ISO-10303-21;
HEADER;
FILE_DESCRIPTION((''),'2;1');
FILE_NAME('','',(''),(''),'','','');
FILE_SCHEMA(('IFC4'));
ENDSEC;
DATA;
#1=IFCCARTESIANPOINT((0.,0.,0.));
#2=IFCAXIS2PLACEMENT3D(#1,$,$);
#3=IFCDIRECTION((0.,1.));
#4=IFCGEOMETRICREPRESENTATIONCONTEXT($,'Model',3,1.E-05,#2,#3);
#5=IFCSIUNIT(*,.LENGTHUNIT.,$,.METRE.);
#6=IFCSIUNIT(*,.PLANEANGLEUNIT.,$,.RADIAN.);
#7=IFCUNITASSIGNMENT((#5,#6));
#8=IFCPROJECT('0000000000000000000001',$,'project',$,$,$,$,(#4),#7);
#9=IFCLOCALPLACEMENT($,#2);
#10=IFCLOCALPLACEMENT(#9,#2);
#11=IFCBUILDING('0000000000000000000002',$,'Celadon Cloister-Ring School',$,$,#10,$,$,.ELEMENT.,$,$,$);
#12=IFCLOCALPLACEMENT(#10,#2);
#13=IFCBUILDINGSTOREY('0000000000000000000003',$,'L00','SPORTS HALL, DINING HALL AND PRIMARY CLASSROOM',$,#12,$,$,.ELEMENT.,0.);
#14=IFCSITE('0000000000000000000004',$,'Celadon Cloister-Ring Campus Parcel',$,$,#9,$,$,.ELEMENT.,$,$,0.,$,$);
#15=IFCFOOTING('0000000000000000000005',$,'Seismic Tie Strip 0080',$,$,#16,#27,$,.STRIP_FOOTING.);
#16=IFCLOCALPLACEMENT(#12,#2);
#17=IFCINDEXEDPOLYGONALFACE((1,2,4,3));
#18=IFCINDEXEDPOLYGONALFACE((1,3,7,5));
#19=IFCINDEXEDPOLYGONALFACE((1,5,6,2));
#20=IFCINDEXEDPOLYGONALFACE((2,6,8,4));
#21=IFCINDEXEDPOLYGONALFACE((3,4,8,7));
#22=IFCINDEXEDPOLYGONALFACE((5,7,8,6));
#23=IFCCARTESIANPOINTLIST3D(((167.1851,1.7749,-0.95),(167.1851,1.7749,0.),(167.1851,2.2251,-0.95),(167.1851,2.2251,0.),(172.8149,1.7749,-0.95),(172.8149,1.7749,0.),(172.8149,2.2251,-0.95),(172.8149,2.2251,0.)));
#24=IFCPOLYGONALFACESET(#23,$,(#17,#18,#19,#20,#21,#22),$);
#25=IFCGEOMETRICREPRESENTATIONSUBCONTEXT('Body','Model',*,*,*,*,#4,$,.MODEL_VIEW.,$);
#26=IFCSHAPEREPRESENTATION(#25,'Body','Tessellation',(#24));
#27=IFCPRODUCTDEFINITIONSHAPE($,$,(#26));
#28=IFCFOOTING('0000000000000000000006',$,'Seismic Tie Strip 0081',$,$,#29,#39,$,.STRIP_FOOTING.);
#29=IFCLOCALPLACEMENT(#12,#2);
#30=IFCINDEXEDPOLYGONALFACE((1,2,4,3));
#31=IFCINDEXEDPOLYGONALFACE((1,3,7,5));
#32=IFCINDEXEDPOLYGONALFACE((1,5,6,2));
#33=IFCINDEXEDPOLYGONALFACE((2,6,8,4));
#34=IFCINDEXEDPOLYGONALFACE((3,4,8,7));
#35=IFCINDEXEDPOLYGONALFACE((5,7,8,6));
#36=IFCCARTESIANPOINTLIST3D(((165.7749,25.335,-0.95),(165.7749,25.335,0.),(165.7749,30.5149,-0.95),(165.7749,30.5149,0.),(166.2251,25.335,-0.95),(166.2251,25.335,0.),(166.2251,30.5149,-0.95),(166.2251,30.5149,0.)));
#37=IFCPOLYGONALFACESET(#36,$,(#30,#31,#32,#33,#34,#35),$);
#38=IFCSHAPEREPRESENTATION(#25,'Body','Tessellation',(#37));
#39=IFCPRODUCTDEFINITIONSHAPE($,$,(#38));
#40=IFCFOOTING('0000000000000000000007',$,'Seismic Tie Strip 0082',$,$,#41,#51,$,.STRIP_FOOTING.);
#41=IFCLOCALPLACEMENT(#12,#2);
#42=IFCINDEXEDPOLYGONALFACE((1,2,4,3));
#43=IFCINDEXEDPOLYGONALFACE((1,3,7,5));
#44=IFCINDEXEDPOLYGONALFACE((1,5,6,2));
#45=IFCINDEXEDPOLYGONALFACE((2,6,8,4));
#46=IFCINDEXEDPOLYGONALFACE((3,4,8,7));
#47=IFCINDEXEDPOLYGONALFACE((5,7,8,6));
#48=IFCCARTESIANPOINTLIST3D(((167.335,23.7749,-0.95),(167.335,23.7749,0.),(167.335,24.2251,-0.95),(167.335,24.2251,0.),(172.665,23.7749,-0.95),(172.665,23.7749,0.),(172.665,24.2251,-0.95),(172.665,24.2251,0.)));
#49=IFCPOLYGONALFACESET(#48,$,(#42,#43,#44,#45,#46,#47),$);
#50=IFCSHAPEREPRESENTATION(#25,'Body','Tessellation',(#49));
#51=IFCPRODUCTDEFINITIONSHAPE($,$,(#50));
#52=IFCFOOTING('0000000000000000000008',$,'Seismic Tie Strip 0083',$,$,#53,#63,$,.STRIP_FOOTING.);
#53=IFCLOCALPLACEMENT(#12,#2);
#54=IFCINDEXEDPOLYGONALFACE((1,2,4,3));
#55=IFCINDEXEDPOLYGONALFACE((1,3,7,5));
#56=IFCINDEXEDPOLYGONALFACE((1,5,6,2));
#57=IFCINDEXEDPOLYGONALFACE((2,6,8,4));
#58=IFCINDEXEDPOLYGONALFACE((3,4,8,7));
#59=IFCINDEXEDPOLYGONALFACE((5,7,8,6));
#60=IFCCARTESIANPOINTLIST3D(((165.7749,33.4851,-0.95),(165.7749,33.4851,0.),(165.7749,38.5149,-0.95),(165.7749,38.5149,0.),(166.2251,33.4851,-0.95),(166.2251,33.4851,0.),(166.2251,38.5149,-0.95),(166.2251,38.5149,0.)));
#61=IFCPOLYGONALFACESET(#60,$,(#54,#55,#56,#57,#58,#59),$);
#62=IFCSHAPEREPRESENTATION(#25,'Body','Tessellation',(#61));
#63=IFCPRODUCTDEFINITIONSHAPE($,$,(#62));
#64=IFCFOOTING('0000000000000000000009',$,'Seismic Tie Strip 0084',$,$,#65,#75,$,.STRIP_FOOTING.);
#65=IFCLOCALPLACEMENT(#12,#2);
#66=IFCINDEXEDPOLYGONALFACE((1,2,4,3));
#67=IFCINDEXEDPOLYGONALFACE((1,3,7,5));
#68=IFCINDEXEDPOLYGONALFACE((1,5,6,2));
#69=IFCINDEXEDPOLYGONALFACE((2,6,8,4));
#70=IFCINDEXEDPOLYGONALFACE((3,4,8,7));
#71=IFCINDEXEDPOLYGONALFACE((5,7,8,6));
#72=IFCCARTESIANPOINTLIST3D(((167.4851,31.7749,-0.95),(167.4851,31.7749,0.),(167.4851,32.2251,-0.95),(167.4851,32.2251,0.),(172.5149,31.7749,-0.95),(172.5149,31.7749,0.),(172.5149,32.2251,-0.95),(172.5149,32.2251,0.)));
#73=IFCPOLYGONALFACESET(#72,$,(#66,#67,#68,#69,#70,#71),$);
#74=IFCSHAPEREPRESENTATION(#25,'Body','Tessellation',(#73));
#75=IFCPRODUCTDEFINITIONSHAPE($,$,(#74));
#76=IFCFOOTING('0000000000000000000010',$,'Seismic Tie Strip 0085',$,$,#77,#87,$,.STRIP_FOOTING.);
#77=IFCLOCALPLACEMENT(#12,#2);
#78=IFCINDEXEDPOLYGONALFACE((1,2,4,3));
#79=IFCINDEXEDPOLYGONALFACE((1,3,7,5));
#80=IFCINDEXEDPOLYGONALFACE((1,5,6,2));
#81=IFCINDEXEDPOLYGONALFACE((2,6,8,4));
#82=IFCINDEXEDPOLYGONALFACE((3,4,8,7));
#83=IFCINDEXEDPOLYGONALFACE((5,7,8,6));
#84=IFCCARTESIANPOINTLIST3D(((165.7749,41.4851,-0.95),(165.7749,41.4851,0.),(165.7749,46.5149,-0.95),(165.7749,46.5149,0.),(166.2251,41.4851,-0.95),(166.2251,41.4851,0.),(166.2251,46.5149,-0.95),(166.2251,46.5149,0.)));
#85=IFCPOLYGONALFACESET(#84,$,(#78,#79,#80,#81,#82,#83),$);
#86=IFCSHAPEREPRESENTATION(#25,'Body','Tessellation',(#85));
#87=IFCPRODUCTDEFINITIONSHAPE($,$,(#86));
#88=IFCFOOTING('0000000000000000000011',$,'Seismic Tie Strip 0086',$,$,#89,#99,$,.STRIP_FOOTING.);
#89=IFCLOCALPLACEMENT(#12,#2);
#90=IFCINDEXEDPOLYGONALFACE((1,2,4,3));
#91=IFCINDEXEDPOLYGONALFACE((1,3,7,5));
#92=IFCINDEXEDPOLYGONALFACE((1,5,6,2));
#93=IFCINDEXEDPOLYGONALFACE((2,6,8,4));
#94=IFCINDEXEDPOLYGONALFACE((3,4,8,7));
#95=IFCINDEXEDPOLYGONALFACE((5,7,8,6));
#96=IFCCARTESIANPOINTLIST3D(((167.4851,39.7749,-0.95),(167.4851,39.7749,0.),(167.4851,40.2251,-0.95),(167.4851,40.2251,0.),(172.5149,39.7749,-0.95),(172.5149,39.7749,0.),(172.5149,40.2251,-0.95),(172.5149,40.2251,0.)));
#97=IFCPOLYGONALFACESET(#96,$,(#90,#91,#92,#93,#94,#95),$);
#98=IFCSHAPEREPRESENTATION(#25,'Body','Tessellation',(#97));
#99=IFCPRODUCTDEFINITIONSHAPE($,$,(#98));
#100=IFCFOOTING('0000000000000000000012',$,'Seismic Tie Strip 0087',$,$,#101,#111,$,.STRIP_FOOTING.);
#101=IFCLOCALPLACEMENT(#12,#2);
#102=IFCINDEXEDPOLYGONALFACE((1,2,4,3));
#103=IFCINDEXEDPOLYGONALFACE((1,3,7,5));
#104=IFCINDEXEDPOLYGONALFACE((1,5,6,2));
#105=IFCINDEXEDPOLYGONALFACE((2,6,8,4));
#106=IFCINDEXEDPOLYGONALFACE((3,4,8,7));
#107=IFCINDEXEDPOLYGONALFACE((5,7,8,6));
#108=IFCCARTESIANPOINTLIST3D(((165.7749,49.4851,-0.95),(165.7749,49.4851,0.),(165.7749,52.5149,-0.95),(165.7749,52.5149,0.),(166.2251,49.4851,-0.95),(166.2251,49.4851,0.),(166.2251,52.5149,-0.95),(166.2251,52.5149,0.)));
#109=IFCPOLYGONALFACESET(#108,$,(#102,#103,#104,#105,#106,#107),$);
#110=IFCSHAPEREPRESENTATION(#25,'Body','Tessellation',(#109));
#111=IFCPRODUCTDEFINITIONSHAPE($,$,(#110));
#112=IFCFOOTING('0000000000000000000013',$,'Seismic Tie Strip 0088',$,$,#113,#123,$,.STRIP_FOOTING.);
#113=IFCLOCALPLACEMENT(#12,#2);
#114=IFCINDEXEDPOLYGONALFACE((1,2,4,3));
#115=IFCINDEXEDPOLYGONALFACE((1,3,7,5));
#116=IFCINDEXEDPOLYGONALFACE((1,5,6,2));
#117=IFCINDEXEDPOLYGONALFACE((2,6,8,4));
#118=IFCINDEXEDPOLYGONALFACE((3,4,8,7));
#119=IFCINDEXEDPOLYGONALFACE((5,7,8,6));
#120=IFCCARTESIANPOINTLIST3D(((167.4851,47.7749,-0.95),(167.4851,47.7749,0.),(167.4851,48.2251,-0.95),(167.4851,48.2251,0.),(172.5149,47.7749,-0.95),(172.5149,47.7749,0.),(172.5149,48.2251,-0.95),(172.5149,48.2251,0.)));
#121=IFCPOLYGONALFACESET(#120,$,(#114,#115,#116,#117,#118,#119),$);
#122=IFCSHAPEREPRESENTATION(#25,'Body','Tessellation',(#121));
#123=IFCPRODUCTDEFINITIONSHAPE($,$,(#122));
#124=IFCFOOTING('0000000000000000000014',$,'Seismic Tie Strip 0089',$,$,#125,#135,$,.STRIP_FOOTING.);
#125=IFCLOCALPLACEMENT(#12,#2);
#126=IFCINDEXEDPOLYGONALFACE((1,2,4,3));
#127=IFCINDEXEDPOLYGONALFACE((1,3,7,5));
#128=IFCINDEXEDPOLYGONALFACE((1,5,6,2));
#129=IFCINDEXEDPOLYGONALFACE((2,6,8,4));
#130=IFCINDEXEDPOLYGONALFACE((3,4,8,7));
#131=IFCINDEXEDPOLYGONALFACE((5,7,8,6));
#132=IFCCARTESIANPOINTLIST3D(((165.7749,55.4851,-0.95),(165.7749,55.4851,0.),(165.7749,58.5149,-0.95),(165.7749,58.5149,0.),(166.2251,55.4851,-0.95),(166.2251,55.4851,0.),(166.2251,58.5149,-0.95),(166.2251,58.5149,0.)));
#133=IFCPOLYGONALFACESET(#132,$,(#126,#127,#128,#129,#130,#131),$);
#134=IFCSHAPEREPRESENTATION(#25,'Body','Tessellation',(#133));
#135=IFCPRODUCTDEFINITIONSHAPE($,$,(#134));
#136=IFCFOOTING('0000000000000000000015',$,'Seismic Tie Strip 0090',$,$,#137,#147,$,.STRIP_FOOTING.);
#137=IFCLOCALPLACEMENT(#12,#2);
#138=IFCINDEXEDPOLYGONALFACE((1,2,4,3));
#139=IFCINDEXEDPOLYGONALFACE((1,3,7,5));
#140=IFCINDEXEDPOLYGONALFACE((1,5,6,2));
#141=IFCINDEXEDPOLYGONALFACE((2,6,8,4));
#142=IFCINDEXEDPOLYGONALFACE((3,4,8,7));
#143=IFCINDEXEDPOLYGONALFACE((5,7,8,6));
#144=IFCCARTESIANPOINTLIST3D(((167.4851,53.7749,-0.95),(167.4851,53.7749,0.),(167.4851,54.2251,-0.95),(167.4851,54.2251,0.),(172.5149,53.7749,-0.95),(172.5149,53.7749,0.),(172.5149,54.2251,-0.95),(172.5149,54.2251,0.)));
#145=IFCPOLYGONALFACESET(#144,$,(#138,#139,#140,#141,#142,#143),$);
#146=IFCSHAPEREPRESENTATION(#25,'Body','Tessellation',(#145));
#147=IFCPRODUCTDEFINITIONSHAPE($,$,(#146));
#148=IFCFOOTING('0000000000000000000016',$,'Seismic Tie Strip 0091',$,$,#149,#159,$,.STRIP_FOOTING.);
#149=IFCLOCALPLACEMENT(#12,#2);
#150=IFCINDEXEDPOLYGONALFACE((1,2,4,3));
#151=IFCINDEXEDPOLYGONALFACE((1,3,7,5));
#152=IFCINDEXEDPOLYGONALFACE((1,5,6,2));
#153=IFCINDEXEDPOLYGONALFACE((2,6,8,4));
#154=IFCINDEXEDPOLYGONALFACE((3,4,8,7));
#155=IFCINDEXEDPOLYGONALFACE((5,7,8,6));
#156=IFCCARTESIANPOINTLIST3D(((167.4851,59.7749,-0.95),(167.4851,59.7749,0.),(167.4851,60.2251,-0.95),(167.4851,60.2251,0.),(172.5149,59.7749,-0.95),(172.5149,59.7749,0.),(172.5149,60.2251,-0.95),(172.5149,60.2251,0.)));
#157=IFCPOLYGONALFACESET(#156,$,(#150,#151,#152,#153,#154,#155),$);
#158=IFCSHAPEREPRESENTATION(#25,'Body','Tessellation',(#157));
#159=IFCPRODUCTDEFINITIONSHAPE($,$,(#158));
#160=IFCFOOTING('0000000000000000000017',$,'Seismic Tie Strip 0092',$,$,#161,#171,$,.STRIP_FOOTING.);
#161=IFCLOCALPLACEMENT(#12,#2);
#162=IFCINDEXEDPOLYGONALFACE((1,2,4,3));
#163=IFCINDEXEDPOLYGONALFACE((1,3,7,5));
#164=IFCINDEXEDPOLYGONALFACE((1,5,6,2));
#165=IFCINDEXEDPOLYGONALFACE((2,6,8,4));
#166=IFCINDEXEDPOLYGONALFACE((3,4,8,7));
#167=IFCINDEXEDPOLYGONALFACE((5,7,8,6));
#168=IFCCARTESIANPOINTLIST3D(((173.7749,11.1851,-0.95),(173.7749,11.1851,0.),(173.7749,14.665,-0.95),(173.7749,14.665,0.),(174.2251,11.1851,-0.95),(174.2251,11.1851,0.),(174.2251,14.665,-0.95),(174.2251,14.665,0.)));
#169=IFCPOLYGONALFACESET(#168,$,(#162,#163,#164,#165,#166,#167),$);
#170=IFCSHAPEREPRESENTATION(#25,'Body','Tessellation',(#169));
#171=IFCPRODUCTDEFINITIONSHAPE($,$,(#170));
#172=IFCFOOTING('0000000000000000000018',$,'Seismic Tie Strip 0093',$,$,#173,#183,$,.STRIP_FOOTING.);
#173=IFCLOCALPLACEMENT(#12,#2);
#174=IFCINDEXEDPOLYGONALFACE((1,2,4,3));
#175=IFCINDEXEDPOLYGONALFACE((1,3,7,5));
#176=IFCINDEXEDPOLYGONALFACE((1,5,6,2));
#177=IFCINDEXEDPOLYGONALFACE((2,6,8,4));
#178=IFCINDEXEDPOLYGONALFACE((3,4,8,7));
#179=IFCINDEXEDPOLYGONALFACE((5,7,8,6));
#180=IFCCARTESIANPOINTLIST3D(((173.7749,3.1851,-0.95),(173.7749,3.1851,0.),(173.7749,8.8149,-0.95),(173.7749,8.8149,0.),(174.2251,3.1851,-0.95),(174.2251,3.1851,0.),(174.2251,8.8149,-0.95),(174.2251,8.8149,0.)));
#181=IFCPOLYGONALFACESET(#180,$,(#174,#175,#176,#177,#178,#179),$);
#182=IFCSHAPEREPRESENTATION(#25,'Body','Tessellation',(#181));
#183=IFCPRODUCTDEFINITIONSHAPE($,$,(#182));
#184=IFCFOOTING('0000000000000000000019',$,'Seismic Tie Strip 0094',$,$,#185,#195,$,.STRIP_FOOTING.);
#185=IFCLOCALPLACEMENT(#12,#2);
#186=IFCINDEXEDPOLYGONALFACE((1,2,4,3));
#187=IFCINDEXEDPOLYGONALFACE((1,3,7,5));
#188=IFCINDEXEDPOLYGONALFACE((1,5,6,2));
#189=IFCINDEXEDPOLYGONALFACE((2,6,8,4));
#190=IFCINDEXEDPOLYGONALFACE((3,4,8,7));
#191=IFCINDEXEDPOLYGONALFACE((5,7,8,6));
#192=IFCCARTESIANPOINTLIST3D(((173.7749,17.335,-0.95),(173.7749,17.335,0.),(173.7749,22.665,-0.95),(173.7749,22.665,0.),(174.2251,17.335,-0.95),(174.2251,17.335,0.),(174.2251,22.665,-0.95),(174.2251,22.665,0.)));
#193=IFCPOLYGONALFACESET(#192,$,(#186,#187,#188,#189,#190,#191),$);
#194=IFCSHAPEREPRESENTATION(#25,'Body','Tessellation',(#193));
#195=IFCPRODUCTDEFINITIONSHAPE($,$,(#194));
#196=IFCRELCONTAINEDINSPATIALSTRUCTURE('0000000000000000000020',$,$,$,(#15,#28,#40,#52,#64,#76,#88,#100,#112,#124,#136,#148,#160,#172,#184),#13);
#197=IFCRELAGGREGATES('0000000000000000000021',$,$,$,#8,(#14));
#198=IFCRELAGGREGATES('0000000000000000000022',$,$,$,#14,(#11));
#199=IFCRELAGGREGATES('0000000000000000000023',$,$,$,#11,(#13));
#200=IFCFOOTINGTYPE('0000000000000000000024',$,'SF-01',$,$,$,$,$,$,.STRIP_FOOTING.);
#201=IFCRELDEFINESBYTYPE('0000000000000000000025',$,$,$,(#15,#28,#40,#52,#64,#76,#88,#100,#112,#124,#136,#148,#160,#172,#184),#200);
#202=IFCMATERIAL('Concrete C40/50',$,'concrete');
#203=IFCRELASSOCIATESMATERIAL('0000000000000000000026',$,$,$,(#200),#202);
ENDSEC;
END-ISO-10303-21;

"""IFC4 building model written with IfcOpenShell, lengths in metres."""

from ifc_helpers import new_model, si_unit, direction, frame, origin, place, context, subcontext, project, spatial, polyline, outline, extrude, material, type_object, element, save


model = new_model("IFC4")

# Units and contexts
model_context = context("Model", 3, precision=1e-05, world=origin(), true_north=direction((0.0, 1.0)))
body_context = subcontext(model_context, "Body", "Model", "MODEL_VIEW")
ifc_project = project(units=[si_unit("LENGTHUNIT", "METRE"), si_unit("PLANEANGLEUNIT", "RADIAN")], contexts=[model_context])

# Site, building, storey
site_placement = place(None, origin())
site = spatial("IfcSite", under=ifc_project, at=site_placement, Name="Celadon Cloister-Ring Campus Parcel", CompositionType="ELEMENT", RefElevation=0.0)
building_placement = place(site_placement, origin())
building = spatial("IfcBuilding", under=site, at=building_placement, Name="Celadon Cloister-Ring School", CompositionType="ELEMENT")
storey_placement = place(building_placement, origin())
storey = spatial("IfcBuildingStorey", under=building, at=storey_placement, Name="L00", Description="SPORTS HALL, DINING HALL AND PRIMARY CLASSROOM", CompositionType="ELEMENT", Elevation=0.0)

# Footings
ifc_material = material(Name="Concrete C40/50", Category="concrete")
footing_type = type_object("IfcFootingType", Name="SF-01", PredefinedType="STRIP_FOOTING", material=ifc_material)
footing_1_placement = place(storey_placement, frame((0.0, 0.0, -0.95)))
element("IfcFooting", 1, at=footing_1_placement, inside=storey, type_object=footing_type, Name="Seismic Tie Strip 0080", PredefinedType="STRIP_FOOTING", context=body_context, shape_type="SweptSolid", body=[
    extrude(outline(polyline([(167.1851, 1.7749), (172.8149, 1.7749), (172.8149, 2.2251), (167.1851, 2.2251), (167.1851, 1.7749)])), origin(), (0.0, 0.0, 1.0), 0.95),
])
footing_2_placement = place(storey_placement, frame((0.0, 0.0, -0.95)))
element("IfcFooting", 2, at=footing_2_placement, inside=storey, type_object=footing_type, Name="Seismic Tie Strip 0081", PredefinedType="STRIP_FOOTING", context=body_context, shape_type="SweptSolid", body=[
    extrude(outline(polyline([(166.2251, 25.335), (166.2251, 30.5149), (165.7749, 30.5149), (165.7749, 25.335), (166.2251, 25.335)])), origin(), (0.0, 0.0, 1.0), 0.95),
])
footing_3_placement = place(storey_placement, frame((0.0, 0.0, -0.95)))
element("IfcFooting", 3, at=footing_3_placement, inside=storey, type_object=footing_type, Name="Seismic Tie Strip 0082", PredefinedType="STRIP_FOOTING", context=body_context, shape_type="SweptSolid", body=[
    extrude(outline(polyline([(167.335, 23.7749), (172.665, 23.7749), (172.665, 24.2251), (167.335, 24.2251), (167.335, 23.7749)])), origin(), (0.0, 0.0, 1.0), 0.95),
])
footing_4_placement = place(storey_placement, frame((0.0, 0.0, -0.95)))
element("IfcFooting", 4, at=footing_4_placement, inside=storey, type_object=footing_type, Name="Seismic Tie Strip 0083", PredefinedType="STRIP_FOOTING", context=body_context, shape_type="SweptSolid", body=[
    extrude(outline(polyline([(166.2251, 33.4851), (166.2251, 38.5149), (165.7749, 38.5149), (165.7749, 33.4851), (166.2251, 33.4851)])), origin(), (0.0, 0.0, 1.0), 0.95),
])
footing_5_placement = place(storey_placement, frame((0.0, 0.0, -0.95)))
element("IfcFooting", 5, at=footing_5_placement, inside=storey, type_object=footing_type, Name="Seismic Tie Strip 0084", PredefinedType="STRIP_FOOTING", context=body_context, shape_type="SweptSolid", body=[
    extrude(outline(polyline([(167.4851, 31.7749), (172.5149, 31.7749), (172.5149, 32.2251), (167.4851, 32.2251), (167.4851, 31.7749)])), origin(), (0.0, 0.0, 1.0), 0.95),
])
footing_6_placement = place(storey_placement, frame((0.0, 0.0, -0.95)))
element("IfcFooting", 6, at=footing_6_placement, inside=storey, type_object=footing_type, Name="Seismic Tie Strip 0085", PredefinedType="STRIP_FOOTING", context=body_context, shape_type="SweptSolid", body=[
    extrude(outline(polyline([(166.2251, 41.4851), (166.2251, 46.5149), (165.7749, 46.5149), (165.7749, 41.4851), (166.2251, 41.4851)])), origin(), (0.0, 0.0, 1.0), 0.95),
])
footing_7_placement = place(storey_placement, frame((0.0, 0.0, -0.95)))
element("IfcFooting", 7, at=footing_7_placement, inside=storey, type_object=footing_type, Name="Seismic Tie Strip 0086", PredefinedType="STRIP_FOOTING", context=body_context, shape_type="SweptSolid", body=[
    extrude(outline(polyline([(167.4851, 39.7749), (172.5149, 39.7749), (172.5149, 40.2251), (167.4851, 40.2251), (167.4851, 39.7749)])), origin(), (0.0, 0.0, 1.0), 0.95),
])
footing_8_placement = place(storey_placement, frame((0.0, 0.0, -0.95)))
element("IfcFooting", 8, at=footing_8_placement, inside=storey, type_object=footing_type, Name="Seismic Tie Strip 0087", PredefinedType="STRIP_FOOTING", context=body_context, shape_type="SweptSolid", body=[
    extrude(outline(polyline([(166.2251, 49.4851), (166.2251, 52.5149), (165.7749, 52.5149), (165.7749, 49.4851), (166.2251, 49.4851)])), origin(), (0.0, 0.0, 1.0), 0.95),
])
footing_9_placement = place(storey_placement, frame((0.0, 0.0, -0.95)))
element("IfcFooting", 9, at=footing_9_placement, inside=storey, type_object=footing_type, Name="Seismic Tie Strip 0088", PredefinedType="STRIP_FOOTING", context=body_context, shape_type="SweptSolid", body=[
    extrude(outline(polyline([(167.4851, 47.7749), (172.5149, 47.7749), (172.5149, 48.2251), (167.4851, 48.2251), (167.4851, 47.7749)])), origin(), (0.0, 0.0, 1.0), 0.95),
])
footing_10_placement = place(storey_placement, frame((0.0, 0.0, -0.95)))
element("IfcFooting", 10, at=footing_10_placement, inside=storey, type_object=footing_type, Name="Seismic Tie Strip 0089", PredefinedType="STRIP_FOOTING", context=body_context, shape_type="SweptSolid", body=[
    extrude(outline(polyline([(166.2251, 55.4851), (166.2251, 58.5149), (165.7749, 58.5149), (165.7749, 55.4851), (166.2251, 55.4851)])), origin(), (0.0, 0.0, 1.0), 0.95),
])
footing_11_placement = place(storey_placement, frame((0.0, 0.0, -0.95)))
element("IfcFooting", 11, at=footing_11_placement, inside=storey, type_object=footing_type, Name="Seismic Tie Strip 0090", PredefinedType="STRIP_FOOTING", context=body_context, shape_type="SweptSolid", body=[
    extrude(outline(polyline([(167.4851, 53.7749), (172.5149, 53.7749), (172.5149, 54.2251), (167.4851, 54.2251), (167.4851, 53.7749)])), origin(), (0.0, 0.0, 1.0), 0.95),
])
footing_12_placement = place(storey_placement, frame((0.0, 0.0, -0.95)))
element("IfcFooting", 12, at=footing_12_placement, inside=storey, type_object=footing_type, Name="Seismic Tie Strip 0091", PredefinedType="STRIP_FOOTING", context=body_context, shape_type="SweptSolid", body=[
    extrude(outline(polyline([(167.4851, 59.7749), (172.5149, 59.7749), (172.5149, 60.2251), (167.4851, 60.2251), (167.4851, 59.7749)])), origin(), (0.0, 0.0, 1.0), 0.95),
])
footing_13_placement = place(storey_placement, frame((0.0, 0.0, -0.95)))
element("IfcFooting", 13, at=footing_13_placement, inside=storey, type_object=footing_type, Name="Seismic Tie Strip 0092", PredefinedType="STRIP_FOOTING", context=body_context, shape_type="SweptSolid", body=[
    extrude(outline(polyline([(174.2251, 11.1851), (174.2251, 14.665), (173.7749, 14.665), (173.7749, 11.1851), (174.2251, 11.1851)])), origin(), (0.0, 0.0, 1.0), 0.95),
])
footing_14_placement = place(storey_placement, frame((0.0, 0.0, -0.95)))
element("IfcFooting", 14, at=footing_14_placement, inside=storey, type_object=footing_type, Name="Seismic Tie Strip 0093", PredefinedType="STRIP_FOOTING", context=body_context, shape_type="SweptSolid", body=[
    extrude(outline(polyline([(173.7749, 8.8149), (173.7749, 3.1851), (174.2251, 3.1851), (174.2251, 8.8149), (173.7749, 8.8149)])), origin(), (0.0, 0.0, 1.0), 0.95),
])
footing_15_placement = place(storey_placement, frame((0.0, 0.0, -0.95)))
element("IfcFooting", 15, at=footing_15_placement, inside=storey, type_object=footing_type, Name="Seismic Tie Strip 0094", PredefinedType="STRIP_FOOTING", context=body_context, shape_type="SweptSolid", body=[
    extrude(outline(polyline([(174.2251, 17.335), (174.2251, 22.665), (173.7749, 22.665), (173.7749, 17.335), (174.2251, 17.335)])), origin(), (0.0, 0.0, 1.0), 0.95),
])

save(model, "model.ifc")
